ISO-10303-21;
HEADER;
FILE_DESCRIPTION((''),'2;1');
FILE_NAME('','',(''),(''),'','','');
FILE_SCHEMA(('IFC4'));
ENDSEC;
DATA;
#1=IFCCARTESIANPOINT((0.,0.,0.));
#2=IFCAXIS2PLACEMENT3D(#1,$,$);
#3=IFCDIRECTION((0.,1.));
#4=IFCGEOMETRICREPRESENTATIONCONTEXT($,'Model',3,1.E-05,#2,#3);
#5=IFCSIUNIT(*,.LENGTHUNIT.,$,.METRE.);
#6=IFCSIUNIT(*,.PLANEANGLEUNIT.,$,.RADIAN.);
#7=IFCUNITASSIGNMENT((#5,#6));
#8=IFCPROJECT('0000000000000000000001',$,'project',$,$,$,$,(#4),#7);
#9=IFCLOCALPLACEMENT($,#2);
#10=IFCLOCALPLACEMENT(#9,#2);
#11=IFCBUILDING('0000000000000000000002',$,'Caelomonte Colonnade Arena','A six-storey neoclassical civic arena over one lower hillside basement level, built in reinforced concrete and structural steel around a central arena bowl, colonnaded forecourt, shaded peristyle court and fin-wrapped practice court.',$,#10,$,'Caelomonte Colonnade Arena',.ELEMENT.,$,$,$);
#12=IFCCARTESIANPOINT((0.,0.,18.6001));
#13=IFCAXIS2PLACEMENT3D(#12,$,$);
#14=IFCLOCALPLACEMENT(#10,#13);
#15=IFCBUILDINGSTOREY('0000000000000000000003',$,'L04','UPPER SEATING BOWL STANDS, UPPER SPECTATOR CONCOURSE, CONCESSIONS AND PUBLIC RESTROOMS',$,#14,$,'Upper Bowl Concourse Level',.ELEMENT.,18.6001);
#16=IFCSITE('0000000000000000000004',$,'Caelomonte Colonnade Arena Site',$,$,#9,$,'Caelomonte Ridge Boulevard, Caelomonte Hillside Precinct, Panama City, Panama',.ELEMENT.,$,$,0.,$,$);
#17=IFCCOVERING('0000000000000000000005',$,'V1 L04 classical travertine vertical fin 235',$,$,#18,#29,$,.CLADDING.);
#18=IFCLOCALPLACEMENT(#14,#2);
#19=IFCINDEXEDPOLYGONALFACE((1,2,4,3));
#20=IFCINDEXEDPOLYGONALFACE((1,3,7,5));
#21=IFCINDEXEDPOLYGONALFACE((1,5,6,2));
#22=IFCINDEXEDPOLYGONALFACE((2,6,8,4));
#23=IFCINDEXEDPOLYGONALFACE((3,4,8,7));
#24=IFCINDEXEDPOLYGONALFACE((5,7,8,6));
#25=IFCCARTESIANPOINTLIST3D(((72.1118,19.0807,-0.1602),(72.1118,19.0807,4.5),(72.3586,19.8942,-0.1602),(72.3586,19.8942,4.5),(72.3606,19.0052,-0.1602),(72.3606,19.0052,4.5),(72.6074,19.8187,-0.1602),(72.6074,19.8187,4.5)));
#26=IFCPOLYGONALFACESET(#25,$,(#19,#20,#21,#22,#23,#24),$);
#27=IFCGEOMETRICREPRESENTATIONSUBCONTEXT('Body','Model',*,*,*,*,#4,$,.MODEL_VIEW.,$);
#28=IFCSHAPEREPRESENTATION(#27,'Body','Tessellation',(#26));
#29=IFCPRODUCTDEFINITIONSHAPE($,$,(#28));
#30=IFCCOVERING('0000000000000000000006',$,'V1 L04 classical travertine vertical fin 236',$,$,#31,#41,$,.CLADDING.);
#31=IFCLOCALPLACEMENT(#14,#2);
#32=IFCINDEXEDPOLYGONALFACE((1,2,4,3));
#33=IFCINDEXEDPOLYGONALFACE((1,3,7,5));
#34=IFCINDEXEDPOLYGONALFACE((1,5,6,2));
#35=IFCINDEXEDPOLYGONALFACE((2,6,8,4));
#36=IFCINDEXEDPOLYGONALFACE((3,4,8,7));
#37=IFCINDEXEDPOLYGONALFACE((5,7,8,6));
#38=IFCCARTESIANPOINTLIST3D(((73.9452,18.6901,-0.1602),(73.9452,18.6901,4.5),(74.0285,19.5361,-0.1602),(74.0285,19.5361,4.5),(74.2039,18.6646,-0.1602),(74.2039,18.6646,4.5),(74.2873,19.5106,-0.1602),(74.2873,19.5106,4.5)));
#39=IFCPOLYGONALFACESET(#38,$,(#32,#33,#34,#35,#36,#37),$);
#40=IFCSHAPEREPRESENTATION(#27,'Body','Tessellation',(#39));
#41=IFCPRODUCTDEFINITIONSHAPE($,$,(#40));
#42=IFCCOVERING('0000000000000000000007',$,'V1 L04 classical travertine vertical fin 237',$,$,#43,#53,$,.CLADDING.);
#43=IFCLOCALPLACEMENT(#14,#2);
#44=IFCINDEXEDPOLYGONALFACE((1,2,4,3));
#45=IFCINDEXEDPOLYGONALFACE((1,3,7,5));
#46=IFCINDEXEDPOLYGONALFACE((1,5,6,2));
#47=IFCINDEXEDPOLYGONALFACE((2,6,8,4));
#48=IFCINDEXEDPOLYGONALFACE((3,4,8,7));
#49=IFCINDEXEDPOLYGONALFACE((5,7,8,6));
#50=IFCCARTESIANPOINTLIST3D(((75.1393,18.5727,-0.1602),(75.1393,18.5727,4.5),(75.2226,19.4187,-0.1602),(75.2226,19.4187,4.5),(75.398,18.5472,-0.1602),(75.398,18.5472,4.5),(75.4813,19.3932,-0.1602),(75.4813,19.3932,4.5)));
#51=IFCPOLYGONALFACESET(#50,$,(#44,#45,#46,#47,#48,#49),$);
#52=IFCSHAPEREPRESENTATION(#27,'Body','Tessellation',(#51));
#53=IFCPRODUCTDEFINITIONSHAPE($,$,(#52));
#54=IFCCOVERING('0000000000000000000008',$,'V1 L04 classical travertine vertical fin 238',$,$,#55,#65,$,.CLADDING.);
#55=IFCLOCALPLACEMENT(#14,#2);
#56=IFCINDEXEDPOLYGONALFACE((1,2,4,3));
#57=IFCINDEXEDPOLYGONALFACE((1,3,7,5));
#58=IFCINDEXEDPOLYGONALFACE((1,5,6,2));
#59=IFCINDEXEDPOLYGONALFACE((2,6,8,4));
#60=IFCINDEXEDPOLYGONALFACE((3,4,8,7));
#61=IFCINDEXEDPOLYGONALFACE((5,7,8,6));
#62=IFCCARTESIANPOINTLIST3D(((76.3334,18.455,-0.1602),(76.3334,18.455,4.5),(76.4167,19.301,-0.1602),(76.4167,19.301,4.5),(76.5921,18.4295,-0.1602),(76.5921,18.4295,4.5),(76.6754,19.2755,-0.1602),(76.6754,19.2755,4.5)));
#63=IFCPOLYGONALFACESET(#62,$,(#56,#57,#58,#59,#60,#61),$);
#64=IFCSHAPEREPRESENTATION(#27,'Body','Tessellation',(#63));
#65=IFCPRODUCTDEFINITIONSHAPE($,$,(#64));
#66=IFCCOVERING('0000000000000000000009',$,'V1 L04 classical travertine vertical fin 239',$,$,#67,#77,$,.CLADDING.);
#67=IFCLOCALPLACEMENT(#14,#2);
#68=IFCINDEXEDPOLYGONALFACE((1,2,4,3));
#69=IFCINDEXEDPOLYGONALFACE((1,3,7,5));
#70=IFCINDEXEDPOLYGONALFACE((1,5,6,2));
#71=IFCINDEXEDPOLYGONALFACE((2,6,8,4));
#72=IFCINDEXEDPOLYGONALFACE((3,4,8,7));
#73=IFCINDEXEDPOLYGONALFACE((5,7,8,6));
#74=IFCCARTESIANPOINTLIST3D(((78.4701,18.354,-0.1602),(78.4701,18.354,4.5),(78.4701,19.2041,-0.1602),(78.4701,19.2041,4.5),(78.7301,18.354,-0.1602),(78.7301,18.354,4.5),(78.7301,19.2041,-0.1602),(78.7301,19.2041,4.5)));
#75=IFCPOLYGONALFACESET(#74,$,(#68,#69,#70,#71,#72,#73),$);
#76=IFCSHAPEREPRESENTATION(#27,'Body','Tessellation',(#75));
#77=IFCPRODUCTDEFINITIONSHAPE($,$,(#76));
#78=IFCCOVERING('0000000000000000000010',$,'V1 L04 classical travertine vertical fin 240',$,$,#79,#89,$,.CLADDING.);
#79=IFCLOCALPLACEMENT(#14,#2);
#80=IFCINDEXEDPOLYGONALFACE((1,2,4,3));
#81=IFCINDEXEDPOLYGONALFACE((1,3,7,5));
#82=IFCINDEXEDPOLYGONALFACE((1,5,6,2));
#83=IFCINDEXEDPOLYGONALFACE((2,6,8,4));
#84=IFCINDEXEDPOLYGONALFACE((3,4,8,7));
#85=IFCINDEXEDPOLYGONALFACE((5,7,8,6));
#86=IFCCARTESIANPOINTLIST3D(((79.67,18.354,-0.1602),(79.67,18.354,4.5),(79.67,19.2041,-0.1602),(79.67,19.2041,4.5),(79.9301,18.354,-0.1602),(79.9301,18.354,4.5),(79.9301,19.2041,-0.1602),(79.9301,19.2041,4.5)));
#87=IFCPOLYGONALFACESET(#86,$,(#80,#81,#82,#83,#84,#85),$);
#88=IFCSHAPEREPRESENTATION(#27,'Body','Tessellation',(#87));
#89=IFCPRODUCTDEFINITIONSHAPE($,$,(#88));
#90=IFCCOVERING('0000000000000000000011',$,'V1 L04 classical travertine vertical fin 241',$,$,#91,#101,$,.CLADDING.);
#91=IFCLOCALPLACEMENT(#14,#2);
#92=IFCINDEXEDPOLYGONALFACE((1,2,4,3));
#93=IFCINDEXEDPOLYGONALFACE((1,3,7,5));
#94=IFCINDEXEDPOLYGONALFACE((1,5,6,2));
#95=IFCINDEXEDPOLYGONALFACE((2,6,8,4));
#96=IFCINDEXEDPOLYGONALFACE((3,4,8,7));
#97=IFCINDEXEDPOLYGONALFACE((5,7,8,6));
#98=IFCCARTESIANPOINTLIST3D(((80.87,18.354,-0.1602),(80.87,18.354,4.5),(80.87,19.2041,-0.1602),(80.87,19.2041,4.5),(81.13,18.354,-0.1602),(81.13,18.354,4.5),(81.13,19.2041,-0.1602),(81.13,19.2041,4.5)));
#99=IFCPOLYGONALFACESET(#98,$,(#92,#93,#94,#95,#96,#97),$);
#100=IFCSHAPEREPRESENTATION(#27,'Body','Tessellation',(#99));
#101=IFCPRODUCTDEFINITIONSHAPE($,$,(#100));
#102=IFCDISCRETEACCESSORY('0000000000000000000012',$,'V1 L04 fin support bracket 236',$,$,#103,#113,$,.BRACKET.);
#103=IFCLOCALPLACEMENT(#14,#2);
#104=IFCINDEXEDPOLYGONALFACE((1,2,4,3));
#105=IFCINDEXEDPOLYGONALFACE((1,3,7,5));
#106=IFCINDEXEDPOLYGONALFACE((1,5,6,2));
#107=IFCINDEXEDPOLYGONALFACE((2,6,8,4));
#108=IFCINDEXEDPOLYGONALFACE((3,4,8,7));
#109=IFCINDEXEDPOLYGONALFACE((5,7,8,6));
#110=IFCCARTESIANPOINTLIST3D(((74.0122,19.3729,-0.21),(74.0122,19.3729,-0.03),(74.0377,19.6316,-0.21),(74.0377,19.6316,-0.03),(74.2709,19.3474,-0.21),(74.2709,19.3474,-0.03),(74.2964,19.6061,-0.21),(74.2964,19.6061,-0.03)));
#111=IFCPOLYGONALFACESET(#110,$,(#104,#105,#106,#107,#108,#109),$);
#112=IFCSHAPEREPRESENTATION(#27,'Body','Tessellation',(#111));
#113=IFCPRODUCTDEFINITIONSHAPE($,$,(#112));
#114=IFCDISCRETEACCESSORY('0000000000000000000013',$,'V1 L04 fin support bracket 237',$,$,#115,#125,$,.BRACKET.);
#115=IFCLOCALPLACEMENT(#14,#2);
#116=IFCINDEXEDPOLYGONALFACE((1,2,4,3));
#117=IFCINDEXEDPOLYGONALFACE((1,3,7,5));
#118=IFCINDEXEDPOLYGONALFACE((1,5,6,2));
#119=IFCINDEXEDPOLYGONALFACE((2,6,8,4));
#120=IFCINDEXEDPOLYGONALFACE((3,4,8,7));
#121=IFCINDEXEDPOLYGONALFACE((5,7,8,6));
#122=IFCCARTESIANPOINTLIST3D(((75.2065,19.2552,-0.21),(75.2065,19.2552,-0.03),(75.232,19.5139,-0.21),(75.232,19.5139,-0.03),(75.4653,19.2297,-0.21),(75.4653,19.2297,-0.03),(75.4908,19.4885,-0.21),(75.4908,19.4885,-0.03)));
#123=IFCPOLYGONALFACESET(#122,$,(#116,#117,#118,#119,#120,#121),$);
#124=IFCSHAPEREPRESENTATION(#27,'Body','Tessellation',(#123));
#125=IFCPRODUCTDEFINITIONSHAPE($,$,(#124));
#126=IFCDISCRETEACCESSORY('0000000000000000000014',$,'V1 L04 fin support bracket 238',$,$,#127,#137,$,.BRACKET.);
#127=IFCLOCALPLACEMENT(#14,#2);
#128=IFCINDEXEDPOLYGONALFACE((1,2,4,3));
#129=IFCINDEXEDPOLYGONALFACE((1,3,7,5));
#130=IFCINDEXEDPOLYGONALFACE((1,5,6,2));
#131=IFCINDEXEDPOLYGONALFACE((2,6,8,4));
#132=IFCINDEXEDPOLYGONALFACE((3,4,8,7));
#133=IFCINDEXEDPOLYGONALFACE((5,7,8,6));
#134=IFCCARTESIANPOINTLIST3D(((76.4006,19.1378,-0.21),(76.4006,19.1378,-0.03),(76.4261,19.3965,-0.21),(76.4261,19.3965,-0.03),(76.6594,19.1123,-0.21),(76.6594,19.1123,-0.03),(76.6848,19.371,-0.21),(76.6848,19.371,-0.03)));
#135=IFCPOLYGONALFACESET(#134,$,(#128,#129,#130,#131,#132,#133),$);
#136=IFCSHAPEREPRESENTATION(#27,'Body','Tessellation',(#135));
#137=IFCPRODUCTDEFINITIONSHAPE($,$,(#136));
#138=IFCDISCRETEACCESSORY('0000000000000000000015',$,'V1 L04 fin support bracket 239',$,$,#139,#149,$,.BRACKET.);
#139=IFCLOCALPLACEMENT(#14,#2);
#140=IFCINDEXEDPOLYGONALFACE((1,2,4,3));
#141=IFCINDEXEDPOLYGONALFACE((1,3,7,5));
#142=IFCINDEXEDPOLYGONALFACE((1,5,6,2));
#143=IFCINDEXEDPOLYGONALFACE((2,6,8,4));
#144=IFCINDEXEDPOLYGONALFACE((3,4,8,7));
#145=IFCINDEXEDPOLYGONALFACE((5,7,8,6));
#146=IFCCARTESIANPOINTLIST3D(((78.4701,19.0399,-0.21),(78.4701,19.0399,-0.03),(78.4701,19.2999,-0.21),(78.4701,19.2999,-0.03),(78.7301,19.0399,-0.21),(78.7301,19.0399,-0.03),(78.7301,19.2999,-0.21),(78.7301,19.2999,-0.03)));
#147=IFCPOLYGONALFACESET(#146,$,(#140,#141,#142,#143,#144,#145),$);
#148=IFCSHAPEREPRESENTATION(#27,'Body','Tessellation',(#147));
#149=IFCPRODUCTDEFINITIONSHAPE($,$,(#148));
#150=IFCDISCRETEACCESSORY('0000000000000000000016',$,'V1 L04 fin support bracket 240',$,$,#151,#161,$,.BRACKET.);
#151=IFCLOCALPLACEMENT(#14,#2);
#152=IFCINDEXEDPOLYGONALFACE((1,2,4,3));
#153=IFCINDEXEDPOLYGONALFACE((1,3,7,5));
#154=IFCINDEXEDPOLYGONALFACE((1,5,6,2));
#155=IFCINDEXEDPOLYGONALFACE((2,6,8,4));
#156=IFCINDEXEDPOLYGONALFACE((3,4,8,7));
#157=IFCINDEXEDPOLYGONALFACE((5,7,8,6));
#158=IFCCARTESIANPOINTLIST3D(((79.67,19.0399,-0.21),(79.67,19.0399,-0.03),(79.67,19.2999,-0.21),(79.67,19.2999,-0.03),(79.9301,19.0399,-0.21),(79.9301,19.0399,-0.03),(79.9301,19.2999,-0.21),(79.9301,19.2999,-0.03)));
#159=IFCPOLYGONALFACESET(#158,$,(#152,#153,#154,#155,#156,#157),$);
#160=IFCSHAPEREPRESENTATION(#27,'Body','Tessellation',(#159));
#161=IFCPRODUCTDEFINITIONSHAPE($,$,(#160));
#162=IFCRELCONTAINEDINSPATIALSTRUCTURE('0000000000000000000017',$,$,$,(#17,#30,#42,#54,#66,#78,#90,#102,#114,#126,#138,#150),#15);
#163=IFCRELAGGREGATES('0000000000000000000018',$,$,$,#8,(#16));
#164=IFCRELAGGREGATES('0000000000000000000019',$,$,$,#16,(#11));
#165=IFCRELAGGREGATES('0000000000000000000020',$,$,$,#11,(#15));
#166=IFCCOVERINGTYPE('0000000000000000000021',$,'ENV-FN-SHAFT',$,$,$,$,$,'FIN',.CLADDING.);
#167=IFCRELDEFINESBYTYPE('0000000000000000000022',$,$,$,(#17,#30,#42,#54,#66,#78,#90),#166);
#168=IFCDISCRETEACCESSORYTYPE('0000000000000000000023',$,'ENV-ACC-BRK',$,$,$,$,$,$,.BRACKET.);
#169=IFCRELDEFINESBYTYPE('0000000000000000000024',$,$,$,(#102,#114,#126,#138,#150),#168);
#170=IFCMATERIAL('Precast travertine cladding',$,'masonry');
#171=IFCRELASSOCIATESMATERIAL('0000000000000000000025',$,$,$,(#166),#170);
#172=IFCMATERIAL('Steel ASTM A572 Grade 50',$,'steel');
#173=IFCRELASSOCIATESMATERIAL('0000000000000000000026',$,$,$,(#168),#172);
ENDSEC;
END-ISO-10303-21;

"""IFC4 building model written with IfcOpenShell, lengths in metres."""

from ifc_helpers import new_model, si_unit, direction, frame, origin, origin_2d, place, context, subcontext, project, spatial, rectangle, extrude, material, material_profile, profile_set, type_object, element, save


model = new_model("IFC4")

# Units and contexts
model_context = context("Model", 3, precision=1e-05, world=origin(), true_north=direction((0.0, 1.0)))
body_context = subcontext(model_context, "Body", "Model", "MODEL_VIEW")
ifc_project = project(units=[si_unit("LENGTHUNIT", "METRE"), si_unit("PLANEANGLEUNIT", "RADIAN")], contexts=[model_context])

# Site, building, storey
site_placement = place(None, origin())
site = spatial("IfcSite", under=ifc_project, at=site_placement, Name="Caelomonte Colonnade Arena Site", LongName="Caelomonte Ridge Boulevard, Caelomonte Hillside Precinct, Panama City, Panama", CompositionType="ELEMENT", RefElevation=0.0)
building_placement = place(site_placement, origin())
building = spatial("IfcBuilding", under=site, at=building_placement, Name="Caelomonte Colonnade Arena", Description="A six-storey neoclassical civic arena over one lower hillside basement level, built in reinforced concrete and structural steel around a central arena bowl, colonnaded forecourt, shaded peristyle court and fin-wrapped practice court.", LongName="Caelomonte Colonnade Arena", CompositionType="ELEMENT")
storey_placement = place(building_placement, frame((0.0, 0.0, 18.6001)))
storey = spatial("IfcBuildingStorey", under=building, at=storey_placement, Name="L04", Description="UPPER SEATING BOWL STANDS, UPPER SPECTATOR CONCOURSE, CONCESSIONS AND PUBLIC RESTROOMS", LongName="Upper Bowl Concourse Level", CompositionType="ELEMENT", Elevation=18.6001)

# Coverings
ifc_material_1 = material(Name="Precast travertine cladding", Category="masonry")
ifc_material_profile_1 = material_profile(ifc_material_1, rectangle(XDim=0.26, YDim=0.8501, at=origin_2d()), Name="FIN260X850")
ifc_profile_set_1 = profile_set([ifc_material_profile_1], Name="Precast travertine cladding")
covering_type = type_object("IfcCoveringType", Name="ENV-FN-SHAFT", ElementType="FIN", PredefinedType="CLADDING", material=ifc_profile_set_1)
for number, where, z_axis, x_axis, name in (
    (1, (72.3596, 19.4497, -0.1602), (0.0, 0.0, 1.0), (-0.956943, 0.290276, 0.0), "V1 L04 classical travertine vertical fin 235"),
    (2, (74.1162, 19.1003, -0.1602), (0.0, 0.0, 1.0), (-0.995185, 0.098015, 0.0), "V1 L04 classical travertine vertical fin 236"),
    (3, (75.3103, 18.9829, -0.1602), (0.0, 0.0, 1.0), (-0.995185, 0.098015, 0.0), "V1 L04 classical travertine vertical fin 237"),
    (4, (76.5044, 18.8652, -0.1602), (0.0, 0.0, 1.0), (-0.995185, 0.098015, 0.0), "V1 L04 classical travertine vertical fin 238"),
    (5, (78.6001, 18.7791, -0.1602), (0.0, 0.0, 1.0), (-1.0, 0.0, 0.0), "V1 L04 classical travertine vertical fin 239"),
    (6, (79.8, 18.7791, -0.1602), (0.0, 0.0, 1.0), (-1.0, 0.0, 0.0), "V1 L04 classical travertine vertical fin 240"),
    (7, (81.0, 18.7791, -0.1602), (0.0, 0.0, 1.0), (-1.0, 0.0, 0.0), "V1 L04 classical travertine vertical fin 241"),
):
    element("IfcCovering", number, at=place(storey_placement, frame(where, z_axis=z_axis, x_axis=x_axis)), inside=storey, type_object=covering_type, Name=name, PredefinedType="CLADDING", context=body_context, shape_type="SweptSolid", body=[
        extrude(rectangle(XDim=0.26, YDim=0.8501, at=origin_2d()), origin(), (0.0, 0.0, 1.0), 4.6602),
    ])

# Discrete accessories
ifc_material_2 = material(Name="Steel ASTM A572 Grade 50", Category="steel")
discrete_accessory_type = type_object("IfcDiscreteAccessoryType", Name="ENV-ACC-BRK", PredefinedType="BRACKET", material=ifc_material_2)
for number, where, z_axis, x_axis, name in (
    (8, (74.1543, 19.4895, -0.21), (0.0, 0.0, 1.0), (0.995185, -0.098015, 0.0), "V1 L04 fin support bracket 236"),
    (9, (75.3486, 19.3718, -0.21), (0.0, 0.0, 1.0), (0.995185, -0.098015, 0.0), "V1 L04 fin support bracket 237"),
    (10, (76.5427, 19.2544, -0.21), (0.0, 0.0, 1.0), (0.995185, -0.098015, 0.0), "V1 L04 fin support bracket 238"),
    (11, (78.6001, 19.1699, -0.21), (0.0, 0.0, 1.0), (1.0, 0.0, 0.0), "V1 L04 fin support bracket 239"),
    (12, (79.8, 19.1699, -0.21), (0.0, 0.0, 1.0), (1.0, 0.0, 0.0), "V1 L04 fin support bracket 240"),
):
    element("IfcDiscreteAccessory", number, at=place(storey_placement, frame(where, z_axis=z_axis, x_axis=x_axis)), inside=storey, type_object=discrete_accessory_type, Name=name, PredefinedType="BRACKET", context=body_context, shape_type="SweptSolid", body=[
        extrude(rectangle(XDim=0.26, YDim=0.26, at=origin_2d()), origin(), (0.0, 0.0, 1.0), 0.1799),
    ])

save(model, "model.ifc")
